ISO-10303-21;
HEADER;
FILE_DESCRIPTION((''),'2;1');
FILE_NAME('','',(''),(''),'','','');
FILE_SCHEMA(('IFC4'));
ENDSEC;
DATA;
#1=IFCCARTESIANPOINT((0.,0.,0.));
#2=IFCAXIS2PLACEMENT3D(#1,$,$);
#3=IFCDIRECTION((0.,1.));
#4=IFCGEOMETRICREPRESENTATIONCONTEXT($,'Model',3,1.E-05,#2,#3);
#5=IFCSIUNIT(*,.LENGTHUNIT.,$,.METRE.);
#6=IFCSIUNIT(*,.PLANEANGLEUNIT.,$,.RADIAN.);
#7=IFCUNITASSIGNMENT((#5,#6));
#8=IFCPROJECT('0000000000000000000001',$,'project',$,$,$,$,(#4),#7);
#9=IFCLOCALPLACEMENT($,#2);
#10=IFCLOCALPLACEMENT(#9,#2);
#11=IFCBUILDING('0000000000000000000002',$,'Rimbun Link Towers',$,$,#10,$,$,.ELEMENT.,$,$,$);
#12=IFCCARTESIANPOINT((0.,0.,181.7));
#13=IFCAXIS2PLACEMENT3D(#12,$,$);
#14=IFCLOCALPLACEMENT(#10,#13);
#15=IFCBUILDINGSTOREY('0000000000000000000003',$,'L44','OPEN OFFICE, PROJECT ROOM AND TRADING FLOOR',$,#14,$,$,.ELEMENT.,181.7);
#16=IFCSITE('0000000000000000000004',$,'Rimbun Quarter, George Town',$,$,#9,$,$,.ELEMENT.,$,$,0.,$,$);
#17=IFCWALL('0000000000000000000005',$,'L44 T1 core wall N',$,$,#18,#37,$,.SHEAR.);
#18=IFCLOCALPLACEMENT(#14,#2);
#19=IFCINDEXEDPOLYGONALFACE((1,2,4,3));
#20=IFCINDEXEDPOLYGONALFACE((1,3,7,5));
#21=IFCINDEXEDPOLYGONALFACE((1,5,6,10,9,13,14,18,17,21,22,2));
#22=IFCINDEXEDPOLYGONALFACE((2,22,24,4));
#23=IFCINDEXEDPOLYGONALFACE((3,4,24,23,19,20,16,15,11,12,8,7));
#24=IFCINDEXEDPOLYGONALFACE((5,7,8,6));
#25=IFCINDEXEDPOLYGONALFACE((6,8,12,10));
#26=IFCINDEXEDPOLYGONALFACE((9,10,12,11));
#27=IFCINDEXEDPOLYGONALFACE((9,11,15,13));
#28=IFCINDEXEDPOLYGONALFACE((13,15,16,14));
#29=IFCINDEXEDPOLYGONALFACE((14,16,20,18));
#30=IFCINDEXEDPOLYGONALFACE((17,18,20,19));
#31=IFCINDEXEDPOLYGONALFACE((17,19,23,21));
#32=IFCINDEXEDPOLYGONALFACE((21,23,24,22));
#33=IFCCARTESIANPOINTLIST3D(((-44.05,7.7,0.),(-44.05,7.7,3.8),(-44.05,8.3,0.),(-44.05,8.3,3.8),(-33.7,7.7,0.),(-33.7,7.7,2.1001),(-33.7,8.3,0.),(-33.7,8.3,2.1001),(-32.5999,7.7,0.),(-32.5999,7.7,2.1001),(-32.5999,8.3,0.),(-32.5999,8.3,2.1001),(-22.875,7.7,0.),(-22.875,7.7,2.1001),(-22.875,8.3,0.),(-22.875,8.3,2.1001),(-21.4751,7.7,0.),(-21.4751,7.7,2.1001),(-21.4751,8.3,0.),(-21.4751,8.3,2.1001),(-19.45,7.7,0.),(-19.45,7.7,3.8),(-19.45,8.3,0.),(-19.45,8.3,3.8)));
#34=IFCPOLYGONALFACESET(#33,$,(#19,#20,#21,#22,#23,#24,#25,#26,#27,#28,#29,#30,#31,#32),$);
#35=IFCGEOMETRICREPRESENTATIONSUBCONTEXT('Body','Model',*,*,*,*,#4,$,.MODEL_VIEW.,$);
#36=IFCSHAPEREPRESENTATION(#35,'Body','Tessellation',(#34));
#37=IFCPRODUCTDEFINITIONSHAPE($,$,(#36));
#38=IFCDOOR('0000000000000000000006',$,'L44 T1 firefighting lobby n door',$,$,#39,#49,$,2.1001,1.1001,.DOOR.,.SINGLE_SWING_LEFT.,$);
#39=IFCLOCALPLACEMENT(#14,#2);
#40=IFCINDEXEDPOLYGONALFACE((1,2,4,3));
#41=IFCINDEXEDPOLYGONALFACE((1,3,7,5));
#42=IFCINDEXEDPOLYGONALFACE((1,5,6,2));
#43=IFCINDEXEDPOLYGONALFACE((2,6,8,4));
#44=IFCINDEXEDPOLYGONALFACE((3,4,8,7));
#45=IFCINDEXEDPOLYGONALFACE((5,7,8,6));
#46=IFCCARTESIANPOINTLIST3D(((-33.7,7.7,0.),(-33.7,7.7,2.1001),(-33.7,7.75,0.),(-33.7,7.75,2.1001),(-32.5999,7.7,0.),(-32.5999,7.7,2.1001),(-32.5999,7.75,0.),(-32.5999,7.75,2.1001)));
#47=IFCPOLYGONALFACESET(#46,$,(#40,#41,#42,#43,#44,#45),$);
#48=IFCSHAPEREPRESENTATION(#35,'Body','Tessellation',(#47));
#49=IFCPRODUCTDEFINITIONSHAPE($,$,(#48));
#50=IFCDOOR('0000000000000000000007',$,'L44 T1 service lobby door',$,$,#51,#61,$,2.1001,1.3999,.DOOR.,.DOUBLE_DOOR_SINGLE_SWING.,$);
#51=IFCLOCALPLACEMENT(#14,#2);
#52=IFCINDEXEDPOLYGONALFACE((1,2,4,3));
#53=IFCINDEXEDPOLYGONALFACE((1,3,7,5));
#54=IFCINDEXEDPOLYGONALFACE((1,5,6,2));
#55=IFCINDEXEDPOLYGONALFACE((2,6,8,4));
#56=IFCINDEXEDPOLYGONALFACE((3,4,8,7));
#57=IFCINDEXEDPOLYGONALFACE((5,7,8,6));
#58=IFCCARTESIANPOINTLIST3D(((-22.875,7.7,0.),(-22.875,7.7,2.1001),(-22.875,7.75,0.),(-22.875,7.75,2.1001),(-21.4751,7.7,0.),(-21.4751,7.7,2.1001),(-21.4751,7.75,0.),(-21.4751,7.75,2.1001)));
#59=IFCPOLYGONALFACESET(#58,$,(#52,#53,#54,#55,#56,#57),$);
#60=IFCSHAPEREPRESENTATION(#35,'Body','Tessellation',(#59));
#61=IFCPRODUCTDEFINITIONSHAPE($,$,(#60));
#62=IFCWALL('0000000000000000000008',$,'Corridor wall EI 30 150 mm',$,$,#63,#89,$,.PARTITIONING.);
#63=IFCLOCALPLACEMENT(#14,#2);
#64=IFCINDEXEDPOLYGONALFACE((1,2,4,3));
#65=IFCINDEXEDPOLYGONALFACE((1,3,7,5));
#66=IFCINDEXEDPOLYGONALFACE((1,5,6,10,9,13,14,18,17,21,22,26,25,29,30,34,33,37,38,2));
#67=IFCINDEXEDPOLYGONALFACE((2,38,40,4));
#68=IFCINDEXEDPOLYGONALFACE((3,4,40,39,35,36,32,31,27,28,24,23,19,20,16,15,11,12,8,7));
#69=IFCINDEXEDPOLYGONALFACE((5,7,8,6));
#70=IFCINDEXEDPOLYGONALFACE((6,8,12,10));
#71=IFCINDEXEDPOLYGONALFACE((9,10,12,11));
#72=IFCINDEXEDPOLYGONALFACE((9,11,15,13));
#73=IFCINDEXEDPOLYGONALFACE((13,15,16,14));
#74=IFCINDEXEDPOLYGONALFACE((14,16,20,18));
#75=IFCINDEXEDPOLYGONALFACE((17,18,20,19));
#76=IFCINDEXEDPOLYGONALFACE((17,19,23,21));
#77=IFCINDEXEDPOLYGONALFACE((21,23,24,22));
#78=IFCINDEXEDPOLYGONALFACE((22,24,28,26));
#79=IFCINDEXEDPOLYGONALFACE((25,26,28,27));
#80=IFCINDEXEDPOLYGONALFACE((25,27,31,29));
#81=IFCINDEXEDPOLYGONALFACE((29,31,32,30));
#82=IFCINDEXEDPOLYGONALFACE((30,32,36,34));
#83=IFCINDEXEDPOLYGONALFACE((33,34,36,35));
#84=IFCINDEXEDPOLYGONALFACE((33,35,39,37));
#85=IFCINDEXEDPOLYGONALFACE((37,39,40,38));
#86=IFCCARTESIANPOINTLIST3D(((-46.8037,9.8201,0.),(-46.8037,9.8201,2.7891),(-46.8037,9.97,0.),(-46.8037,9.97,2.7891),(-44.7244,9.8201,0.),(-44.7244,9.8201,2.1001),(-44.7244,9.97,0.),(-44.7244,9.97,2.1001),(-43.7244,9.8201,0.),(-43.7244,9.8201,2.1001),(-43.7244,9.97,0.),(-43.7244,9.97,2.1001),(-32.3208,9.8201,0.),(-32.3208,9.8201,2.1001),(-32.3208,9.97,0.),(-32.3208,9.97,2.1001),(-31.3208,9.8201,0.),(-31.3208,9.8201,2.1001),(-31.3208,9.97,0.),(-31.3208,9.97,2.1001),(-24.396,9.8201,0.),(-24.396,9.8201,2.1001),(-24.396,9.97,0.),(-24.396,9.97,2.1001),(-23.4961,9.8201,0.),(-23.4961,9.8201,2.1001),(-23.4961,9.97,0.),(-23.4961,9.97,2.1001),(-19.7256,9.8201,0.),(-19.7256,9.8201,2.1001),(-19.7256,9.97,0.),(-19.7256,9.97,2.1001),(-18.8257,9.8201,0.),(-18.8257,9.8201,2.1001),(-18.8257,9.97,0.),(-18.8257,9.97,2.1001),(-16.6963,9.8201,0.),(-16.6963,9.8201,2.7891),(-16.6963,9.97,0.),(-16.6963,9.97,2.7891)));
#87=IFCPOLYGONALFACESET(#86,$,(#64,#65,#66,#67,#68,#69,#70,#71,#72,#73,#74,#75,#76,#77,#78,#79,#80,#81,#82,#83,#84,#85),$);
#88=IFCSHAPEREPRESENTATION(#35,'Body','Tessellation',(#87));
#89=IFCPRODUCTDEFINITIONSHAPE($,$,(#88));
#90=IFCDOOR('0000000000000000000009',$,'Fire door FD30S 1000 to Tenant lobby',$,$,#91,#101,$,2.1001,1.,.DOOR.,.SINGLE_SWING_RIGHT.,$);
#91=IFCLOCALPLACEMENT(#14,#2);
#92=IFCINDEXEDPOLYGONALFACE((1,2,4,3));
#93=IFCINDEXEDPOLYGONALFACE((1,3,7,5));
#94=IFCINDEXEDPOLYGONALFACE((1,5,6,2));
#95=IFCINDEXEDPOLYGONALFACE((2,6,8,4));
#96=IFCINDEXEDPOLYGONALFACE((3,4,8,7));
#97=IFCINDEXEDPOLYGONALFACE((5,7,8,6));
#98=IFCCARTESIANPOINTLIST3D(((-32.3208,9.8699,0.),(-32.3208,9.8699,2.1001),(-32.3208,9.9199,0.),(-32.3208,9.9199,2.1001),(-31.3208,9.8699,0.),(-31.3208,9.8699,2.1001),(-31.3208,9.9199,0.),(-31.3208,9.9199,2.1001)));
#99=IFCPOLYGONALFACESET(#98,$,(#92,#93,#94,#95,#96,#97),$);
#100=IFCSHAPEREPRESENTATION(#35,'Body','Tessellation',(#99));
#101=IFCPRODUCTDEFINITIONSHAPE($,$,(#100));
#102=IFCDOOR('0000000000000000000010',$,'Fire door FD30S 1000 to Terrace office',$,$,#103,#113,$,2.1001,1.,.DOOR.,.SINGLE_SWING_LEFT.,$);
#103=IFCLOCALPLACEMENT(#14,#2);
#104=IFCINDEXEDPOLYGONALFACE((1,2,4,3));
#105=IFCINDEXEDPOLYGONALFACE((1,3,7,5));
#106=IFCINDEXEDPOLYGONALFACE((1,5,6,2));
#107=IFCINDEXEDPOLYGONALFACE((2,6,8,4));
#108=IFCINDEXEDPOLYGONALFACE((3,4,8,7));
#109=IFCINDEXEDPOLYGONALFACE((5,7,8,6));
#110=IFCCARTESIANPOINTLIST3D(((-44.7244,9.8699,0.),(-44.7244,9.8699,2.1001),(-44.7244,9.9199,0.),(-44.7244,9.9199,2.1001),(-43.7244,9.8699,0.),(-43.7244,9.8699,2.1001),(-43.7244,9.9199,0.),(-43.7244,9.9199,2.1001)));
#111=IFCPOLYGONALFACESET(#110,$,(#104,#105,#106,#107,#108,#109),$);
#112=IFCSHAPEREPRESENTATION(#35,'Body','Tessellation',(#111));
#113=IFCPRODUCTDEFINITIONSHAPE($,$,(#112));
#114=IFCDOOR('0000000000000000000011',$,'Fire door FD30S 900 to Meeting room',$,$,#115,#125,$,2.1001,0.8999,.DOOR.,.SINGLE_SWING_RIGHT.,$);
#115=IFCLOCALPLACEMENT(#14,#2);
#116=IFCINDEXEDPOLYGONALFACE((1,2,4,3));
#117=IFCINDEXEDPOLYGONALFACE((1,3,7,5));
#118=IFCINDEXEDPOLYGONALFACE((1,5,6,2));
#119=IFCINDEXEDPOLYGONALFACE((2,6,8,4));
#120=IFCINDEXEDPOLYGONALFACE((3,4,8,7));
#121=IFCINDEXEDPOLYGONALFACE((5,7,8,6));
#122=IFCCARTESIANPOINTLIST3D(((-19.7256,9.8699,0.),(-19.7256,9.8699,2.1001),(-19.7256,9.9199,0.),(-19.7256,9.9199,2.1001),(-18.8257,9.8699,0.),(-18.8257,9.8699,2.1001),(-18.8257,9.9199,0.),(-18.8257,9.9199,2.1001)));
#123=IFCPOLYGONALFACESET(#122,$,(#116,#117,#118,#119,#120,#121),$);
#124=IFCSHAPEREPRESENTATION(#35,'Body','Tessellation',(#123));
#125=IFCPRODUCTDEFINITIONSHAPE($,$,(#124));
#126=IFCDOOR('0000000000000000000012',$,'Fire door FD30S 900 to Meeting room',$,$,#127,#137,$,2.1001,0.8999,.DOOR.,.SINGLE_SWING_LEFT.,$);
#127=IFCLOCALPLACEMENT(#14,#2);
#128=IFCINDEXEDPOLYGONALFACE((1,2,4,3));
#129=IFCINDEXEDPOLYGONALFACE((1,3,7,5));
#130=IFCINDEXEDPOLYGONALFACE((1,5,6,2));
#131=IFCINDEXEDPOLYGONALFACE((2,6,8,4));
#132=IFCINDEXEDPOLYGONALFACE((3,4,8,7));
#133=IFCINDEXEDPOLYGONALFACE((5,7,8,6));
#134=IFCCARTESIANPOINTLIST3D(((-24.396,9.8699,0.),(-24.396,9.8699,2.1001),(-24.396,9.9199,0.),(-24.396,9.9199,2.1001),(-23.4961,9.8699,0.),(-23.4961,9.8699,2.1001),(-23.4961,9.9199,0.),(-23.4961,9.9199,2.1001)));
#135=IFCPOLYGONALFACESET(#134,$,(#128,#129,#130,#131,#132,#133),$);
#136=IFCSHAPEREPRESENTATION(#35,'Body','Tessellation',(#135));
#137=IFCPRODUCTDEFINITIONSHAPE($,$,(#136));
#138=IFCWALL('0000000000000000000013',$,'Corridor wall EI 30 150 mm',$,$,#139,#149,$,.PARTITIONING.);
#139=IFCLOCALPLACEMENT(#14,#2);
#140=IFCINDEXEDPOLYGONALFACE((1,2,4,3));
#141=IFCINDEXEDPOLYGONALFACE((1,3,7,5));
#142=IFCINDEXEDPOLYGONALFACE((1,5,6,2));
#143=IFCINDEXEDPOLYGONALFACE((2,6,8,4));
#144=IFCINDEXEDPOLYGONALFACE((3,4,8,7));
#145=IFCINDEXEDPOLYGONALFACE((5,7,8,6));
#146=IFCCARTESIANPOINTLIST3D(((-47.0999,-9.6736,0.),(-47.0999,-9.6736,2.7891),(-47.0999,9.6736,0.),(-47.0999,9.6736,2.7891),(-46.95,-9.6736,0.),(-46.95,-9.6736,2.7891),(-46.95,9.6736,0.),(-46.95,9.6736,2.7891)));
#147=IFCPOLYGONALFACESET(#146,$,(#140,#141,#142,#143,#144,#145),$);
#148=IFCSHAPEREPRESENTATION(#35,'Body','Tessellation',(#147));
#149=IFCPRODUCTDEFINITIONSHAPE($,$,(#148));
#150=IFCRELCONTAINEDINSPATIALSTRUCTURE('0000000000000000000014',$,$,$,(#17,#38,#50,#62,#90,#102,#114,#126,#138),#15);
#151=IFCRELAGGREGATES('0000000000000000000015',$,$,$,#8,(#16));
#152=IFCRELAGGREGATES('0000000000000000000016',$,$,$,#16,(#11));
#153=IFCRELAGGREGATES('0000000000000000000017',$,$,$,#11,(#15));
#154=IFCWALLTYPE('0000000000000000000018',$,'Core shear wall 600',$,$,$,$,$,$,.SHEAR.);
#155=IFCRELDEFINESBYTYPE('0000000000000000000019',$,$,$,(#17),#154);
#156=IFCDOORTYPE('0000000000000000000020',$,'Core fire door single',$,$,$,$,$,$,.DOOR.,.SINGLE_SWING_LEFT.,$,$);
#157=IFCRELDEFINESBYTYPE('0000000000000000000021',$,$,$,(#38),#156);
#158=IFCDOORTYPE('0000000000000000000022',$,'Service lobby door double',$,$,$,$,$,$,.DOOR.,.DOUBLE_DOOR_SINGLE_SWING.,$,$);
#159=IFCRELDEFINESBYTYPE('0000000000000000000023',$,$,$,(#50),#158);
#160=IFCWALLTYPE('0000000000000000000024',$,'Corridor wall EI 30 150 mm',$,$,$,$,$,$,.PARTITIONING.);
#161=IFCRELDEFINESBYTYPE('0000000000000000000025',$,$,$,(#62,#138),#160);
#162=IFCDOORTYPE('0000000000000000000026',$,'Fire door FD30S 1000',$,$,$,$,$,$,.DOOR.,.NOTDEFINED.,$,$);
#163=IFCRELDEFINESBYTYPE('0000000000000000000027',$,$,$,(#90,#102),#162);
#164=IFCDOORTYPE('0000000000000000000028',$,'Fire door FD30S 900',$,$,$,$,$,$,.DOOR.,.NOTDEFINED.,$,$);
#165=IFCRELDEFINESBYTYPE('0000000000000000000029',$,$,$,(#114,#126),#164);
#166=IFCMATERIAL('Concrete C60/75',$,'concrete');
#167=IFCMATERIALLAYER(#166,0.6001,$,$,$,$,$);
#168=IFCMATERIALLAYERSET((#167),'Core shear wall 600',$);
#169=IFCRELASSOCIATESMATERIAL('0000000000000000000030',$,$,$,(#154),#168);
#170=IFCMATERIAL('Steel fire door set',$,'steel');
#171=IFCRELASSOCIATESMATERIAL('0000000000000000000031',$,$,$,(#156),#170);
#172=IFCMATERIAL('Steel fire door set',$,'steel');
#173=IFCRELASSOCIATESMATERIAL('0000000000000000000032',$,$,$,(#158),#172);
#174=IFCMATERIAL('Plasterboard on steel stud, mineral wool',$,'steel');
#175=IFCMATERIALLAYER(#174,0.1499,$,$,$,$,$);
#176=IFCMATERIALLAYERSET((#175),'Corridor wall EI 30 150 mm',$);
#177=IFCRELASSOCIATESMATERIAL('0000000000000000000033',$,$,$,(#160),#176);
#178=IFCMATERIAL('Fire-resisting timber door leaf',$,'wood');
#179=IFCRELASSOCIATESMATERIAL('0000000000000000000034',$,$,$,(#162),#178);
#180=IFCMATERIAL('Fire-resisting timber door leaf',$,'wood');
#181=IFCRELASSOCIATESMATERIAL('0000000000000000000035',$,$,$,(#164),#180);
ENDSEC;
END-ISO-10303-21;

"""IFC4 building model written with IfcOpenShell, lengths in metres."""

from ifc_helpers import new_model, si_unit, direction, frame, frame_2d, origin, place, context, subcontext, project, spatial, rectangle, extrude, material, layer, layer_set, type_object, element, fill, save


model = new_model("IFC4")

# Units and contexts
model_context = context("Model", 3, precision=1e-05, world=origin(), true_north=direction((0.0, 1.0)))
body_context = subcontext(model_context, "Body", "Model", "MODEL_VIEW")
ifc_project = project(units=[si_unit("LENGTHUNIT", "METRE"), si_unit("PLANEANGLEUNIT", "RADIAN")], contexts=[model_context])

# Site, building, storey
site_placement = place(None, origin())
site = spatial("IfcSite", under=ifc_project, at=site_placement, Name="Rimbun Quarter, George Town", CompositionType="ELEMENT", RefElevation=0.0)
building_placement = place(site_placement, origin())
building = spatial("IfcBuilding", under=site, at=building_placement, Name="Rimbun Link Towers", CompositionType="ELEMENT")
storey_placement = place(building_placement, frame((0.0, 0.0, 181.7)))
storey = spatial("IfcBuildingStorey", under=building, at=storey_placement, Name="L44", Description="OPEN OFFICE, PROJECT ROOM AND TRADING FLOOR", CompositionType="ELEMENT", Elevation=181.7)

# Walls, openings, doors
ifc_material_1 = material(Name="Concrete C60/75", Category="concrete")
ifc_layer_1 = layer(ifc_material_1, 0.6001)
ifc_layer_set_1 = layer_set([ifc_layer_1], Name="Core shear wall 600")
wall_type_1 = type_object("IfcWallType", Name="Core shear wall 600", PredefinedType="SHEAR", material=ifc_layer_set_1)
wall_1_placement = place(storey_placement, frame((-44.05, 8.0, 0.0), z_axis=(0.0, 0.0, 1.0), x_axis=(1.0, 0.0, 0.0)))
wall_1 = element("IfcWall", 1, at=wall_1_placement, inside=storey, type_object=wall_type_1, Name="L44 T1 core wall N", PredefinedType="SHEAR", context=body_context, shape_type="SweptSolid", body=[
    extrude(rectangle(XDim=24.6001, YDim=0.6001, at=frame_2d((12.3, 0.0))), origin(), (0.0, 0.0, 1.0), 3.8),
])
opening_1_placement = place(wall_1_placement, frame((10.3501, 0.0, 0.0)))
opening_1 = element("IfcOpeningElement", 2, at=opening_1_placement, cuts=wall_1, PredefinedType="OPENING", context=body_context, shape_type="SweptSolid", body=[
    extrude(rectangle(XDim=1.1001, YDim=2.1001, at=frame_2d((0.55, 1.05))), frame((0.0, 0.3101, 0.0), z_axis=(0.0, -1.0, 0.0), x_axis=(1.0, 0.0, 0.0)), (0.0, 0.0, 1.0), 0.6201),
])
opening_2_placement = place(wall_1_placement, frame((21.175, 0.0, 0.0)))
opening_2 = element("IfcOpeningElement", 3, at=opening_2_placement, cuts=wall_1, PredefinedType="OPENING", context=body_context, shape_type="SweptSolid", body=[
    extrude(rectangle(XDim=1.3999, YDim=2.1001, at=frame_2d((0.7, 1.05))), frame((0.0, 0.3101, 0.0), z_axis=(0.0, -1.0, 0.0), x_axis=(1.0, 0.0, 0.0)), (0.0, 0.0, 1.0), 0.6201),
])
ifc_material_2 = material(Name="Steel fire door set", Category="steel")
door_type_1 = type_object("IfcDoorType", Name="Core fire door single", OperationType="SINGLE_SWING_LEFT", PredefinedType="DOOR", material=ifc_material_2)
door_1_placement = place(opening_1_placement, origin())
door_1 = element("IfcDoor", 4, at=door_1_placement, inside=storey, type_object=door_type_1, Name="L44 T1 firefighting lobby n door", OperationType="SINGLE_SWING_LEFT", OverallHeight=2.1001, OverallWidth=1.1001, PredefinedType="DOOR", context=body_context, shape_type="SweptSolid", body=[
    extrude(rectangle(XDim=1.1001, YDim=2.1001, at=frame_2d((0.55, 1.05))), frame((0.0, -0.25, 0.0), z_axis=(0.0, -1.0, 0.0), x_axis=(1.0, 0.0, 0.0)), (0.0, 0.0, 1.0), 0.05),
])
fill(opening_1, door_1)
ifc_material_3 = material(Name="Steel fire door set", Category="steel")
door_type_2 = type_object("IfcDoorType", Name="Service lobby door double", OperationType="DOUBLE_DOOR_SINGLE_SWING", PredefinedType="DOOR", material=ifc_material_3)
door_2_placement = place(opening_2_placement, origin())
door_2 = element("IfcDoor", 5, at=door_2_placement, inside=storey, type_object=door_type_2, Name="L44 T1 service lobby door", OperationType="DOUBLE_DOOR_SINGLE_SWING", OverallHeight=2.1001, OverallWidth=1.3999, PredefinedType="DOOR", context=body_context, shape_type="SweptSolid", body=[
    extrude(rectangle(XDim=1.3999, YDim=2.1001, at=frame_2d((0.7, 1.05))), frame((0.0, -0.25, 0.0), z_axis=(0.0, -1.0, 0.0), x_axis=(1.0, 0.0, 0.0)), (0.0, 0.0, 1.0), 0.05),
])
fill(opening_2, door_2)
ifc_material_4 = material(Name="Plasterboard on steel stud, mineral wool", Category="steel")
ifc_layer_2 = layer(ifc_material_4, 0.1499)
ifc_layer_set_2 = layer_set([ifc_layer_2], Name="Corridor wall EI 30 150 mm")
wall_type_2 = type_object("IfcWallType", Name="Corridor wall EI 30 150 mm", PredefinedType="PARTITIONING", material=ifc_layer_set_2)
wall_2_placement = place(storey_placement, frame((-46.8037, 9.895, 0.0), z_axis=(0.0, 0.0, 1.0), x_axis=(1.0, 0.0, 0.0)))
wall_2 = element("IfcWall", 6, at=wall_2_placement, inside=storey, type_object=wall_type_2, Name="Corridor wall EI 30 150 mm", PredefinedType="PARTITIONING", context=body_context, shape_type="SweptSolid", body=[
    extrude(rectangle(XDim=30.1074, YDim=0.1499, at=frame_2d((15.0537, 0.0))), origin(), (0.0, 0.0, 1.0), 2.7891),
])
opening_3_placement = place(wall_2_placement, frame((27.0781, 0.0, 0.0)))
opening_3 = element("IfcOpeningElement", 7, at=opening_3_placement, cuts=wall_2, PredefinedType="OPENING", context=body_context, shape_type="SweptSolid", body=[
    extrude(rectangle(XDim=0.8999, YDim=2.1001, at=frame_2d((0.45, 1.05))), frame((0.0, 0.085, 0.0), z_axis=(0.0, -1.0, 0.0), x_axis=(1.0, 0.0, 0.0)), (0.0, 0.0, 1.0), 0.1699),
])
opening_4_placement = place(wall_2_placement, frame((22.4077, 0.0, 0.0)))
opening_4 = element("IfcOpeningElement", 8, at=opening_4_placement, cuts=wall_2, PredefinedType="OPENING", context=body_context, shape_type="SweptSolid", body=[
    extrude(rectangle(XDim=0.8999, YDim=2.1001, at=frame_2d((0.45, 1.05))), frame((0.0, 0.085, 0.0), z_axis=(0.0, -1.0, 0.0), x_axis=(1.0, 0.0, 0.0)), (0.0, 0.0, 1.0), 0.1699),
])
opening_5_placement = place(wall_2_placement, frame((14.4829, 0.0, 0.0)))
opening_5 = element("IfcOpeningElement", 9, at=opening_5_placement, cuts=wall_2, PredefinedType="OPENING", context=body_context, shape_type="SweptSolid", body=[
    extrude(rectangle(XDim=1.0, YDim=2.1001, at=frame_2d((0.5, 1.05))), frame((0.0, 0.085, 0.0), z_axis=(0.0, -1.0, 0.0), x_axis=(1.0, 0.0, 0.0)), (0.0, 0.0, 1.0), 0.1699),
])
opening_6_placement = place(wall_2_placement, frame((2.0793, 0.0, 0.0)))
opening_6 = element("IfcOpeningElement", 10, at=opening_6_placement, cuts=wall_2, PredefinedType="OPENING", context=body_context, shape_type="SweptSolid", body=[
    extrude(rectangle(XDim=1.0, YDim=2.1001, at=frame_2d((0.5, 1.05))), frame((0.0, 0.085, 0.0), z_axis=(0.0, -1.0, 0.0), x_axis=(1.0, 0.0, 0.0)), (0.0, 0.0, 1.0), 0.1699),
])
ifc_material_5 = material(Name="Fire-resisting timber door leaf", Category="wood")
door_type_3 = type_object("IfcDoorType", Name="Fire door FD30S 1000", OperationType="NOTDEFINED", PredefinedType="DOOR", material=ifc_material_5)
door_3_placement = place(opening_5_placement, origin())
door_3 = element("IfcDoor", 11, at=door_3_placement, inside=storey, type_object=door_type_3, Name="Fire door FD30S 1000 to Tenant lobby", OperationType="SINGLE_SWING_RIGHT", OverallHeight=2.1001, OverallWidth=1.0, PredefinedType="DOOR", context=body_context, shape_type="SweptSolid", body=[
    extrude(rectangle(XDim=1.0, YDim=2.1001, at=frame_2d((0.5, 1.05))), frame((0.0, 0.0249, 0.0), z_axis=(0.0, -1.0, 0.0), x_axis=(1.0, 0.0, 0.0)), (0.0, 0.0, 1.0), 0.05),
])
fill(opening_5, door_3)
door_4_placement = place(opening_6_placement, origin())
door_4 = element("IfcDoor", 12, at=door_4_placement, inside=storey, type_object=door_type_3, Name="Fire door FD30S 1000 to Terrace office", OperationType="SINGLE_SWING_LEFT", OverallHeight=2.1001, OverallWidth=1.0, PredefinedType="DOOR", context=body_context, shape_type="SweptSolid", body=[
    extrude(rectangle(XDim=1.0, YDim=2.1001, at=frame_2d((0.5, 1.05))), frame((0.0, 0.0249, 0.0), z_axis=(0.0, -1.0, 0.0), x_axis=(1.0, 0.0, 0.0)), (0.0, 0.0, 1.0), 0.05),
])
fill(opening_6, door_4)
ifc_material_6 = material(Name="Fire-resisting timber door leaf", Category="wood")
door_type_4 = type_object("IfcDoorType", Name="Fire door FD30S 900", OperationType="NOTDEFINED", PredefinedType="DOOR", material=ifc_material_6)
door_5_placement = place(opening_3_placement, origin())
door_5 = element("IfcDoor", 13, at=door_5_placement, inside=storey, type_object=door_type_4, Name="Fire door FD30S 900 to Meeting room", OperationType="SINGLE_SWING_RIGHT", OverallHeight=2.1001, OverallWidth=0.8999, PredefinedType="DOOR", context=body_context, shape_type="SweptSolid", body=[
    extrude(rectangle(XDim=0.8999, YDim=2.1001, at=frame_2d((0.45, 1.05))), frame((0.0, 0.0249, 0.0), z_axis=(0.0, -1.0, 0.0), x_axis=(1.0, 0.0, 0.0)), (0.0, 0.0, 1.0), 0.05),
])
fill(opening_3, door_5)
door_6_placement = place(opening_4_placement, origin())
door_6 = element("IfcDoor", 14, at=door_6_placement, inside=storey, type_object=door_type_4, Name="Fire door FD30S 900 to Meeting room", OperationType="SINGLE_SWING_LEFT", OverallHeight=2.1001, OverallWidth=0.8999, PredefinedType="DOOR", context=body_context, shape_type="SweptSolid", body=[
    extrude(rectangle(XDim=0.8999, YDim=2.1001, at=frame_2d((0.45, 1.05))), frame((0.0, 0.0249, 0.0), z_axis=(0.0, -1.0, 0.0), x_axis=(1.0, 0.0, 0.0)), (0.0, 0.0, 1.0), 0.05),
])
fill(opening_4, door_6)

# Wall
wall_3_placement = place(storey_placement, frame((-47.0249, 9.6736, 0.0), z_axis=(0.0, 0.0, 1.0), x_axis=(0.0, -1.0, 0.0)))
element("IfcWall", 15, at=wall_3_placement, inside=storey, type_object=wall_type_2, Name="Corridor wall EI 30 150 mm", PredefinedType="PARTITIONING", context=body_context, shape_type="SweptSolid", body=[
    extrude(rectangle(XDim=19.3472, YDim=0.1499, at=frame_2d((9.6736, 0.0))), origin(), (0.0, 0.0, 1.0), 2.7891),
])

save(model, "model.ifc")
